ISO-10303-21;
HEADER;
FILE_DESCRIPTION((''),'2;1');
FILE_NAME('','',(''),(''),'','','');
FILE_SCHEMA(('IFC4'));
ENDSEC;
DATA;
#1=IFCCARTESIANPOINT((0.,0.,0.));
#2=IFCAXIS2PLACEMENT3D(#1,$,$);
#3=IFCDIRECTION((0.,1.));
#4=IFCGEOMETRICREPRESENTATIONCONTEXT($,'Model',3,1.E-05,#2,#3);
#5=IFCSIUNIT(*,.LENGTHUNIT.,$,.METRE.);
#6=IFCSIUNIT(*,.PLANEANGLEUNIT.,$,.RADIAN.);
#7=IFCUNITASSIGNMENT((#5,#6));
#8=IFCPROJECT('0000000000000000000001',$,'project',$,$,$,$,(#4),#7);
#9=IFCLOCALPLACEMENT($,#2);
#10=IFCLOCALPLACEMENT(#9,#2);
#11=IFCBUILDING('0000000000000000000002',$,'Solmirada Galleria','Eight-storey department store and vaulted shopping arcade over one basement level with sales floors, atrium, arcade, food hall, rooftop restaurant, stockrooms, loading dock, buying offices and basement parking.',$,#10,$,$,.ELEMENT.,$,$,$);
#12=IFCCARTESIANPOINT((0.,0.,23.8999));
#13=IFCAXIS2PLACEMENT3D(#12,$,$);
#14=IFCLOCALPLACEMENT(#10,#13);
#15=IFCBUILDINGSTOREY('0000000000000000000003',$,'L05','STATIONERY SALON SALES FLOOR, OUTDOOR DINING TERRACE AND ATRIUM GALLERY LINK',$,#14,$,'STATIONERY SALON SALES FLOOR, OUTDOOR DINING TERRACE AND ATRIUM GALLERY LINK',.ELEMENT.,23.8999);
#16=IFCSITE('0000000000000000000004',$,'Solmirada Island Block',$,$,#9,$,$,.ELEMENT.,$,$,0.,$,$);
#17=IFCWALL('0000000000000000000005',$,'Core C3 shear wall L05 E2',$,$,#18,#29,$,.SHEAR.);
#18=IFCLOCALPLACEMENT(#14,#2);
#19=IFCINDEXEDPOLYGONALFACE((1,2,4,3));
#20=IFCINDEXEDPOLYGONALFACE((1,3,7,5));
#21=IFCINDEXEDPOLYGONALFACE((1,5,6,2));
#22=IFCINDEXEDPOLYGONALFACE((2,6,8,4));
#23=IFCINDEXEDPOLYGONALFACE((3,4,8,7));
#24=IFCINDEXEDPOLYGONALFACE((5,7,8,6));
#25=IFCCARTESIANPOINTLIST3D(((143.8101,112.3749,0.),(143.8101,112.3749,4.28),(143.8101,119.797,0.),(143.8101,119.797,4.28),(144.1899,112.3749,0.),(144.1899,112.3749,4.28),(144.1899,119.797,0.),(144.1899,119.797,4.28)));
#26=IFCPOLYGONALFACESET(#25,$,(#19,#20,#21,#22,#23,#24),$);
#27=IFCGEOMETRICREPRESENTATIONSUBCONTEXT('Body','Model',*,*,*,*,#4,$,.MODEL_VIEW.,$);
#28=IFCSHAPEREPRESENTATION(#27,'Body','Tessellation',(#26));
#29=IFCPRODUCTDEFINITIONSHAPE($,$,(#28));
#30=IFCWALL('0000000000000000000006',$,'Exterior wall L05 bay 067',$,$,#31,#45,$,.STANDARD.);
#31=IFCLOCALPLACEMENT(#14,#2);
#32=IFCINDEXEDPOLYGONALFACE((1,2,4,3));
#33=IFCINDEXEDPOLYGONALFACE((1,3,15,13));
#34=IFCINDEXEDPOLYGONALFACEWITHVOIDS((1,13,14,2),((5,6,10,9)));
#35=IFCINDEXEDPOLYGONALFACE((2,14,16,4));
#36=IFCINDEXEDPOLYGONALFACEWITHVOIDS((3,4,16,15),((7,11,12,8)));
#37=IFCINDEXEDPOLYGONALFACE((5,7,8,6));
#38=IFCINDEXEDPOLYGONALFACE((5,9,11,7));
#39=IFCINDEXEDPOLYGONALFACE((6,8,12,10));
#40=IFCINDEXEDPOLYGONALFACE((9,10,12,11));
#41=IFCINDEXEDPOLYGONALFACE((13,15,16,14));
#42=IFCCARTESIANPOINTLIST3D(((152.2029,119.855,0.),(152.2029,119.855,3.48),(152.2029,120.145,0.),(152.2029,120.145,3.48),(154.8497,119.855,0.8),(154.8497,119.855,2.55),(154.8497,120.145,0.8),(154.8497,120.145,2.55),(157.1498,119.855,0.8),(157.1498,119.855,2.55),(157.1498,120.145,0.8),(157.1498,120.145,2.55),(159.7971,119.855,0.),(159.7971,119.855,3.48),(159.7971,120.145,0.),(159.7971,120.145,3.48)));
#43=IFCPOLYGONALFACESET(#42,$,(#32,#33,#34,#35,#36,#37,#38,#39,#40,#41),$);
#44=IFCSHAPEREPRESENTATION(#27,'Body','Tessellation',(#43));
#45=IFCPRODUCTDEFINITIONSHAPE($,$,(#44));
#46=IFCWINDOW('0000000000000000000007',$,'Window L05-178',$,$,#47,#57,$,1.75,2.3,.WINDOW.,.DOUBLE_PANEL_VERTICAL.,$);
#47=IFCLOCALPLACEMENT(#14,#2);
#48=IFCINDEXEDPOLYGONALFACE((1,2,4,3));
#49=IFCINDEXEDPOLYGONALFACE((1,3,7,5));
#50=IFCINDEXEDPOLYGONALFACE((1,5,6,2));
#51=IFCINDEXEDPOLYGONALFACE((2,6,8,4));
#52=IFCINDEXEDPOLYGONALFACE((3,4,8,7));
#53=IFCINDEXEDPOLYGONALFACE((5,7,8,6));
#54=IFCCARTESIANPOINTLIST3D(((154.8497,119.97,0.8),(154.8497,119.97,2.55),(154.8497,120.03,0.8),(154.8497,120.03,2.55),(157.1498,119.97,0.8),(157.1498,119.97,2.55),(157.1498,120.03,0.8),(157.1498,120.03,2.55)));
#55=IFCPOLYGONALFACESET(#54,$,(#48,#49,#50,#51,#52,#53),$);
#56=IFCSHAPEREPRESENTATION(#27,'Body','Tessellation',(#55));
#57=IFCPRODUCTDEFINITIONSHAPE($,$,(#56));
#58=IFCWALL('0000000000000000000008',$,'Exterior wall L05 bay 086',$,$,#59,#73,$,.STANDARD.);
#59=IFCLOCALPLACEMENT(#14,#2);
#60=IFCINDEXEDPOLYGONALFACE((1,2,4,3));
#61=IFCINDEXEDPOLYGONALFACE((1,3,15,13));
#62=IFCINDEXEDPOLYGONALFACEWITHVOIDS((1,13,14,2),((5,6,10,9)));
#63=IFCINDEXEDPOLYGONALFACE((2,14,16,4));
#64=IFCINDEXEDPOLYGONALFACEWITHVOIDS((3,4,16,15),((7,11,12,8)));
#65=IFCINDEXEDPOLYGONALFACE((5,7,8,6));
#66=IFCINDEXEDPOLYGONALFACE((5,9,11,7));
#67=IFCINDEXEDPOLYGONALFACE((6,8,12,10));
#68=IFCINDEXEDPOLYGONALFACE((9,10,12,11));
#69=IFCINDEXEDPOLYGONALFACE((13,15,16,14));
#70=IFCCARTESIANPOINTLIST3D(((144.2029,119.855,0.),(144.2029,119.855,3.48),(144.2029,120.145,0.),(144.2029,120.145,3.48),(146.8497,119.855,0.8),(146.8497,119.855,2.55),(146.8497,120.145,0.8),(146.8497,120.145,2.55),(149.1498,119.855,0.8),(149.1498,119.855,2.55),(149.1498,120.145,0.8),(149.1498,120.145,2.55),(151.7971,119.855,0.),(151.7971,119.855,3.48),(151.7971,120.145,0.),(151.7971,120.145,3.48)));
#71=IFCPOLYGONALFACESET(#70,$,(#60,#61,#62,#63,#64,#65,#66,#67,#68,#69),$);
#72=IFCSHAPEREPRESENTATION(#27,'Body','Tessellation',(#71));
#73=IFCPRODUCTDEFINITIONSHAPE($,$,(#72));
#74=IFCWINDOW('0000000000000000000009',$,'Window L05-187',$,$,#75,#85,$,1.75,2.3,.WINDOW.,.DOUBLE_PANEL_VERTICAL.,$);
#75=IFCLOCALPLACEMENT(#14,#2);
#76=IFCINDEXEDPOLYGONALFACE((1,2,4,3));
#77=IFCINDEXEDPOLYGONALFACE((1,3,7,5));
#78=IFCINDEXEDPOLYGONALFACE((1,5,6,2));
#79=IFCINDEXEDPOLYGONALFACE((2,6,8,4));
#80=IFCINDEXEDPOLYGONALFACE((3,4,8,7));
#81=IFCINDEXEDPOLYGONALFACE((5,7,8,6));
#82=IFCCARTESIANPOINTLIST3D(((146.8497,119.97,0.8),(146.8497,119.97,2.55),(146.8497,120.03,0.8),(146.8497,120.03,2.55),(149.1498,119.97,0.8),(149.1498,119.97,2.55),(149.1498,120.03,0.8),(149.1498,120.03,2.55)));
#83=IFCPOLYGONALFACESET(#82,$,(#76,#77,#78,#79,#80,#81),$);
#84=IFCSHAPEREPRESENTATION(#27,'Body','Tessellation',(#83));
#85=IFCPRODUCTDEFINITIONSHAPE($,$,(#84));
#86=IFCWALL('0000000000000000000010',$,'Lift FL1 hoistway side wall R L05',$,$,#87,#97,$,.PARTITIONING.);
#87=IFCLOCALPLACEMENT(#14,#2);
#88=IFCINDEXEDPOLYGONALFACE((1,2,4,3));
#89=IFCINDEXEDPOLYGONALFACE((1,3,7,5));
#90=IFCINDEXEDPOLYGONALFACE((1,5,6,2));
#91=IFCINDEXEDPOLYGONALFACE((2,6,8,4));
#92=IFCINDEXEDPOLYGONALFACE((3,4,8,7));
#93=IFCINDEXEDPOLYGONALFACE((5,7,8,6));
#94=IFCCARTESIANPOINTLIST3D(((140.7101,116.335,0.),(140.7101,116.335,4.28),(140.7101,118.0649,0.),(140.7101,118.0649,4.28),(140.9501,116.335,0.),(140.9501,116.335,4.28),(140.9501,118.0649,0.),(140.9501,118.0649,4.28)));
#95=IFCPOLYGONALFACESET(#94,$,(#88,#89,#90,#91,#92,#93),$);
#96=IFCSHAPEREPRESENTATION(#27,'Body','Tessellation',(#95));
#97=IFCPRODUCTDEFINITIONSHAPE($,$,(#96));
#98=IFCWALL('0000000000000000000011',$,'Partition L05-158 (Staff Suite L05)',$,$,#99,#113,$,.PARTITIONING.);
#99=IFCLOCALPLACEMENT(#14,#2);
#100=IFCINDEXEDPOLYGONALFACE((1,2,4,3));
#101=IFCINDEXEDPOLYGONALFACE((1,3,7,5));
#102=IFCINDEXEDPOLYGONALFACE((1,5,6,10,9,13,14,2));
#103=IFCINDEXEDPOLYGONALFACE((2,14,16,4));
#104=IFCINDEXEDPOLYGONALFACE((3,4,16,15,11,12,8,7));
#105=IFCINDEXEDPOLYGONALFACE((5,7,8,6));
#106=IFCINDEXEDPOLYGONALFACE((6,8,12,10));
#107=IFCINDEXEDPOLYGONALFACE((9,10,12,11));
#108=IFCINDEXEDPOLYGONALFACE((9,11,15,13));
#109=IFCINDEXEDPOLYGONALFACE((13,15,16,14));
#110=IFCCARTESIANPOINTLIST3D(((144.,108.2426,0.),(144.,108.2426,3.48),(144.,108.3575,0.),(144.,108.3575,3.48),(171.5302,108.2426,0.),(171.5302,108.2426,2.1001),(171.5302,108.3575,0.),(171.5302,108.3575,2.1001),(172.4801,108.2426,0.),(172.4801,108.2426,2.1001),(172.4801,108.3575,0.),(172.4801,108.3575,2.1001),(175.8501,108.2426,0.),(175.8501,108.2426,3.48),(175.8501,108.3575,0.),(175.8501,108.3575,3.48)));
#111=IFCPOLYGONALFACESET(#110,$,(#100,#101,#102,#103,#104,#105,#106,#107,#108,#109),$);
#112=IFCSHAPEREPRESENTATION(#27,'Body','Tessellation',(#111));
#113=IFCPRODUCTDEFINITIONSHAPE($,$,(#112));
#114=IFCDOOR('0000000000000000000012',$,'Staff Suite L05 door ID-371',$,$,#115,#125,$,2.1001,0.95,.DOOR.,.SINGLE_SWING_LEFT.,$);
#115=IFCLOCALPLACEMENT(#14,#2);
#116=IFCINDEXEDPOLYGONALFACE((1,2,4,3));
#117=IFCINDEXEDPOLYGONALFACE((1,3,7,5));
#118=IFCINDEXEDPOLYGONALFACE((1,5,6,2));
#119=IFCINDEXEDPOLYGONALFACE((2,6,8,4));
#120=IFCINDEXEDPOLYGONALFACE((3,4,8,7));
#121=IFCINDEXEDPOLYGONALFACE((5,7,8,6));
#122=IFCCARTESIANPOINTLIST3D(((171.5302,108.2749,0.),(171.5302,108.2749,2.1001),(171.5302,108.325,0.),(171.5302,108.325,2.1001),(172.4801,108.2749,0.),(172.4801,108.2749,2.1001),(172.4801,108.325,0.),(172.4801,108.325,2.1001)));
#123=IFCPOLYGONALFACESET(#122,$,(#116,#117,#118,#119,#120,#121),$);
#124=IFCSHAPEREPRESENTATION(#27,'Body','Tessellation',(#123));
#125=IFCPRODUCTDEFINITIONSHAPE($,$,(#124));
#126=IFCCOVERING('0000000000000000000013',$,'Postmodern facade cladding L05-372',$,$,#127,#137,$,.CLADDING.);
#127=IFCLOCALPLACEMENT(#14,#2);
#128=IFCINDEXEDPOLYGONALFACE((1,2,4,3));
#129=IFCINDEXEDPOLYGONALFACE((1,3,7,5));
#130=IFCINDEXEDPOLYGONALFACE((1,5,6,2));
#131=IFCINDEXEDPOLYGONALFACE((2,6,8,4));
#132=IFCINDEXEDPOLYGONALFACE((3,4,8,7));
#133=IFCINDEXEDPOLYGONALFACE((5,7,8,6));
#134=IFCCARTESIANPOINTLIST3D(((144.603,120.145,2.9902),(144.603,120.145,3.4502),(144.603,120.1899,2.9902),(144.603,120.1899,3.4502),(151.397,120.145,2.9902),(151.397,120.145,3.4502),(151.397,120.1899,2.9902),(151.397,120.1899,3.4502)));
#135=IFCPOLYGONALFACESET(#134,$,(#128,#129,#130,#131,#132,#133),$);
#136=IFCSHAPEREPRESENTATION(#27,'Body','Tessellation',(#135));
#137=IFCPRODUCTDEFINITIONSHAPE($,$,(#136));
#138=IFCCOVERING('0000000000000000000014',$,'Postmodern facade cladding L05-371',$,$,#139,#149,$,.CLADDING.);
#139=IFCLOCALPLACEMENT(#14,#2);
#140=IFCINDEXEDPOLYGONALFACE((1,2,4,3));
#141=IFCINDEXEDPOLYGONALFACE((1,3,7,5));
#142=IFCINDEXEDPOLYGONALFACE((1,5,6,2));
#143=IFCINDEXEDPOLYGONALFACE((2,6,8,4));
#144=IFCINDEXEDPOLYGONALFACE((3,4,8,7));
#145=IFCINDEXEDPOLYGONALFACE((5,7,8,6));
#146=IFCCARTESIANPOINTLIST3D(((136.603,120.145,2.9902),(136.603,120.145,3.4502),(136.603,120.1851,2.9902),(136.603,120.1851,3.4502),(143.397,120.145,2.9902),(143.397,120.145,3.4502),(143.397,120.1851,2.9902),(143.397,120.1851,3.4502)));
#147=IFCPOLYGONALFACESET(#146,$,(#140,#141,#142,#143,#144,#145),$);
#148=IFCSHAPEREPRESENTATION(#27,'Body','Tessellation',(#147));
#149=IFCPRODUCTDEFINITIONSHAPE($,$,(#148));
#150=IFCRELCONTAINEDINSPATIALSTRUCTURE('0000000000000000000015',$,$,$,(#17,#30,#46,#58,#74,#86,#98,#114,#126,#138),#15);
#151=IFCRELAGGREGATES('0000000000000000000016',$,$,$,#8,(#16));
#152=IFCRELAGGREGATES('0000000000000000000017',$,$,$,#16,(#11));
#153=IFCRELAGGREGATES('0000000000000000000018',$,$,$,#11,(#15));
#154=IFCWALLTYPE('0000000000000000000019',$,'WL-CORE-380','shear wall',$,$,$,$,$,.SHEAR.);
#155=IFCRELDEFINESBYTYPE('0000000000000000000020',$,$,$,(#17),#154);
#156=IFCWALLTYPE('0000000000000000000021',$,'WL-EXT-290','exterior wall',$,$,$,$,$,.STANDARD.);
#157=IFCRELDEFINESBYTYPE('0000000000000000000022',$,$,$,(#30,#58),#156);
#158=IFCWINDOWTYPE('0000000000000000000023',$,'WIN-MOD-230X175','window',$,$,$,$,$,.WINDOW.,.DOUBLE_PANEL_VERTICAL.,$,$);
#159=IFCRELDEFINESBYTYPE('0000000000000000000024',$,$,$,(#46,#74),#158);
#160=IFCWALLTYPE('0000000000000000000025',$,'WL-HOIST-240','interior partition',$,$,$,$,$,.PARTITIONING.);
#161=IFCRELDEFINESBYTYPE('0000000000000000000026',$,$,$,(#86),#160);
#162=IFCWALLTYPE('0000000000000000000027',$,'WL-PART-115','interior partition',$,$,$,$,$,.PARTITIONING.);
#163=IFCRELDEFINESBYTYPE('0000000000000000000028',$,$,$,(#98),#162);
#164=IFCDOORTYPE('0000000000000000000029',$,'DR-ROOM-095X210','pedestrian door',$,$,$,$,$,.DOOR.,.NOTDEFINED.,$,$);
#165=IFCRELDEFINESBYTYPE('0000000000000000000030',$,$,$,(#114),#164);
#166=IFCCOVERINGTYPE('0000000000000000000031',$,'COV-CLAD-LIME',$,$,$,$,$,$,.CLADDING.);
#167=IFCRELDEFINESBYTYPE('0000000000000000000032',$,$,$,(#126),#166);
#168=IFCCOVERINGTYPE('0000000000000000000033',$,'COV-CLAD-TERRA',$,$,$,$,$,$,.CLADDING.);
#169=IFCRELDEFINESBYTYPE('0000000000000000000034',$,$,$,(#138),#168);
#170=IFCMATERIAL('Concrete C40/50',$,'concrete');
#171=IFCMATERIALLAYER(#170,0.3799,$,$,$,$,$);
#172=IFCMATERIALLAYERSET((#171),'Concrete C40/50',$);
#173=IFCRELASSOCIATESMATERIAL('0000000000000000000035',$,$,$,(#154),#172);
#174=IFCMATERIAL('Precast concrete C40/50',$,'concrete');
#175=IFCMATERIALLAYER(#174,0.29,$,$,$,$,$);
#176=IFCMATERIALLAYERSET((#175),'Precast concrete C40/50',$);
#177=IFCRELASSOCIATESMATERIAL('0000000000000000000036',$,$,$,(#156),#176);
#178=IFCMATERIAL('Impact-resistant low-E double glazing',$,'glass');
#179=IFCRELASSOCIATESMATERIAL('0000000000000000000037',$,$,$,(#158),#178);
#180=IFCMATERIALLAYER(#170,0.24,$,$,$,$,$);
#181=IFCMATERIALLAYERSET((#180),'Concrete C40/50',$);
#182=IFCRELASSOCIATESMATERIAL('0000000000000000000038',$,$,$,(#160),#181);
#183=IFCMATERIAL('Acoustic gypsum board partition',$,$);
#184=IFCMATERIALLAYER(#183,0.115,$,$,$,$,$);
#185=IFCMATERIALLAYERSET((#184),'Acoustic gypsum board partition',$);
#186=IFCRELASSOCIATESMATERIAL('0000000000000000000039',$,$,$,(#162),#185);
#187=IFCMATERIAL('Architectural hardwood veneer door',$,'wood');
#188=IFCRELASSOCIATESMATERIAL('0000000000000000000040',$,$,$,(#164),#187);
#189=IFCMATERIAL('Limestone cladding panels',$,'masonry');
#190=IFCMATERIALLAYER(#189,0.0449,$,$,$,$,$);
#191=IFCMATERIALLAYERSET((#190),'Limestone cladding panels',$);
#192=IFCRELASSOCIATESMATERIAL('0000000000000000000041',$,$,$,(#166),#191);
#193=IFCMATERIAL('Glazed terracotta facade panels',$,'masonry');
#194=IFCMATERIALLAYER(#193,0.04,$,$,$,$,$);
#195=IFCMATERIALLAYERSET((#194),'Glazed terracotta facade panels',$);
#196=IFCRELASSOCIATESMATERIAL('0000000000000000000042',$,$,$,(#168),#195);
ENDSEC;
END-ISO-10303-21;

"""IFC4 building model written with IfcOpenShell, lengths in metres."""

from ifc_helpers import new_model, si_unit, direction, frame, frame_2d, origin, origin_2d, place, context, subcontext, project, spatial, rectangle, extrude, material, layer, layer_set, type_object, element, fill, save


model = new_model("IFC4")

# Units and contexts
model_context = context("Model", 3, precision=1e-05, world=origin(), true_north=direction((0.0, 1.0)))
body_context = subcontext(model_context, "Body", "Model", "MODEL_VIEW")
ifc_project = project(units=[si_unit("LENGTHUNIT", "METRE"), si_unit("PLANEANGLEUNIT", "RADIAN")], contexts=[model_context])

# Site, building, storey
site_placement = place(None, origin())
site = spatial("IfcSite", under=ifc_project, at=site_placement, Name="Solmirada Island Block", CompositionType="ELEMENT", RefElevation=0.0)
building_placement = place(site_placement, origin())
building = spatial("IfcBuilding", under=site, at=building_placement, Name="Solmirada Galleria", Description="Eight-storey department store and vaulted shopping arcade over one basement level with sales floors, atrium, arcade, food hall, rooftop restaurant, stockrooms, loading dock, buying offices and basement parking.", CompositionType="ELEMENT")
storey_placement = place(building_placement, frame((0.0, 0.0, 23.8999)))
storey = spatial("IfcBuildingStorey", under=building, at=storey_placement, Name="L05", Description="STATIONERY SALON SALES FLOOR, OUTDOOR DINING TERRACE AND ATRIUM GALLERY LINK", LongName="STATIONERY SALON SALES FLOOR, OUTDOOR DINING TERRACE AND ATRIUM GALLERY LINK", CompositionType="ELEMENT", Elevation=23.8999)

# Shared definitions
ifc_material_1 = material(Name="Concrete C40/50", Category="concrete")

# Shared definitions
ifc_layer_1 = layer(ifc_material_1, 0.3799)
ifc_layer_set_1 = layer_set([ifc_layer_1], Name="Concrete C40/50")
wall_type_1 = type_object("IfcWallType", Name="WL-CORE-380", Description="shear wall", PredefinedType="SHEAR", material=ifc_layer_set_1)

# Wall
wall_1_placement = place(storey_placement, frame((144.0, 112.375, 0.0), z_axis=(0.0, 0.0, 1.0), x_axis=(0.0, 1.0, 0.0)))
element("IfcWall", 1, at=wall_1_placement, inside=storey, type_object=wall_type_1, Name="Core C3 shear wall L05 E2", PredefinedType="SHEAR", context=body_context, shape_type="SweptSolid", body=[
    extrude(rectangle(XDim=7.4221, YDim=0.3799, at=frame_2d((3.7109, 0.0))), origin(), (0.0, 0.0, 1.0), 4.28),
])

# Walls, openings, windows
ifc_material_2 = material(Name="Precast concrete C40/50", Category="concrete")
ifc_layer_2 = layer(ifc_material_2, 0.29)
ifc_layer_set_2 = layer_set([ifc_layer_2], Name="Precast concrete C40/50")
wall_type_2 = type_object("IfcWallType", Name="WL-EXT-290", Description="exterior wall", PredefinedType="STANDARD", material=ifc_layer_set_2)
wall_2_placement = place(storey_placement, frame((152.2029, 120.0, 0.0), z_axis=(0.0, 0.0, 1.0), x_axis=(1.0, 0.0, 0.0)))
wall_2 = element("IfcWall", 2, at=wall_2_placement, inside=storey, type_object=wall_type_2, Name="Exterior wall L05 bay 067", PredefinedType="STANDARD", context=body_context, shape_type="SweptSolid", body=[
    extrude(rectangle(XDim=7.5942, YDim=0.29, at=frame_2d((3.7971, 0.0))), origin(), (0.0, 0.0, 1.0), 3.48),
])
opening_1_placement = place(wall_2_placement, frame((2.647, 0.0, 0.8)))
opening_1 = element("IfcOpeningElement", 3, at=opening_1_placement, cuts=wall_2, PredefinedType="OPENING", context=body_context, shape_type="SweptSolid", body=[
    extrude(rectangle(XDim=2.3, YDim=1.75, at=frame_2d((1.1499, 0.875))), frame((0.0, 0.155, 0.0), z_axis=(0.0, -1.0, 0.0), x_axis=(1.0, 0.0, 0.0)), (0.0, 0.0, 1.0), 0.3101),
])
ifc_material_3 = material(Name="Impact-resistant low-E double glazing", Category="glass")
window_type = type_object("IfcWindowType", Name="WIN-MOD-230X175", Description="window", PartitioningType="DOUBLE_PANEL_VERTICAL", PredefinedType="WINDOW", material=ifc_material_3)
window_1_placement = place(opening_1_placement, origin())
window_1 = element("IfcWindow", 4, at=window_1_placement, inside=storey, type_object=window_type, Name="Window L05-178", OverallHeight=1.75, OverallWidth=2.3, PartitioningType="DOUBLE_PANEL_VERTICAL", PredefinedType="WINDOW", context=body_context, shape_type="SweptSolid", body=[
    extrude(rectangle(XDim=2.3, YDim=1.75, at=frame_2d((1.1499, 0.875))), frame((0.0, 0.03, 0.0), z_axis=(0.0, -1.0, 0.0), x_axis=(1.0, 0.0, 0.0)), (0.0, 0.0, 1.0), 0.0601),
])
fill(opening_1, window_1)
wall_3_placement = place(storey_placement, frame((144.2029, 120.0, 0.0), z_axis=(0.0, 0.0, 1.0), x_axis=(1.0, 0.0, 0.0)))
wall_3 = element("IfcWall", 5, at=wall_3_placement, inside=storey, type_object=wall_type_2, Name="Exterior wall L05 bay 086", PredefinedType="STANDARD", context=body_context, shape_type="SweptSolid", body=[
    extrude(rectangle(XDim=7.5942, YDim=0.29, at=frame_2d((3.7971, 0.0))), origin(), (0.0, 0.0, 1.0), 3.48),
])
opening_2_placement = place(wall_3_placement, frame((2.647, 0.0, 0.8)))
opening_2 = element("IfcOpeningElement", 6, at=opening_2_placement, cuts=wall_3, PredefinedType="OPENING", context=body_context, shape_type="SweptSolid", body=[
    extrude(rectangle(XDim=2.3, YDim=1.75, at=frame_2d((1.1499, 0.875))), frame((0.0, 0.155, 0.0), z_axis=(0.0, -1.0, 0.0), x_axis=(1.0, 0.0, 0.0)), (0.0, 0.0, 1.0), 0.3101),
])
window_2_placement = place(opening_2_placement, origin())
window_2 = element("IfcWindow", 7, at=window_2_placement, inside=storey, type_object=window_type, Name="Window L05-187", OverallHeight=1.75, OverallWidth=2.3, PartitioningType="DOUBLE_PANEL_VERTICAL", PredefinedType="WINDOW", context=body_context, shape_type="SweptSolid", body=[
    extrude(rectangle(XDim=2.3, YDim=1.75, at=frame_2d((1.1499, 0.875))), frame((0.0, 0.03, 0.0), z_axis=(0.0, -1.0, 0.0), x_axis=(1.0, 0.0, 0.0)), (0.0, 0.0, 1.0), 0.0601),
])
fill(opening_2, window_2)

# Wall
ifc_layer_3 = layer(ifc_material_1, 0.24)
ifc_layer_set_3 = layer_set([ifc_layer_3], Name="Concrete C40/50")
wall_type_3 = type_object("IfcWallType", Name="WL-HOIST-240", Description="interior partition", PredefinedType="PARTITIONING", material=ifc_layer_set_3)
wall_4_placement = place(storey_placement, frame((140.8301, 116.335, 0.0), z_axis=(0.0, 0.0, 1.0), x_axis=(0.0, 1.0, 0.0)))
element("IfcWall", 8, at=wall_4_placement, inside=storey, type_object=wall_type_3, Name="Lift FL1 hoistway side wall R L05", PredefinedType="PARTITIONING", context=body_context, shape_type="SweptSolid", body=[
    extrude(rectangle(XDim=1.73, YDim=0.24, at=frame_2d((0.865, 0.0))), origin(), (0.0, 0.0, 1.0), 4.28),
])

# Wall, opening, door
ifc_material_4 = material(Name="Acoustic gypsum board partition")
ifc_layer_4 = layer(ifc_material_4, 0.115)
ifc_layer_set_4 = layer_set([ifc_layer_4], Name="Acoustic gypsum board partition")
wall_type_4 = type_object("IfcWallType", Name="WL-PART-115", Description="interior partition", PredefinedType="PARTITIONING", material=ifc_layer_set_4)
wall_5_placement = place(storey_placement, frame((144.0, 108.3, 0.0), z_axis=(0.0, 0.0, 1.0), x_axis=(1.0, 0.0, 0.0)))
wall_5 = element("IfcWall", 9, at=wall_5_placement, inside=storey, type_object=wall_type_4, Name="Partition L05-158 (Staff Suite L05)", PredefinedType="PARTITIONING", context=body_context, shape_type="SweptSolid", body=[
    extrude(rectangle(XDim=31.8501, YDim=0.115, at=frame_2d((15.925, 0.0))), origin(), (0.0, 0.0, 1.0), 3.48),
])
opening_3_placement = place(wall_5_placement, frame((27.53, 0.0, 0.0)))
opening_3 = element("IfcOpeningElement", 10, at=opening_3_placement, cuts=wall_5, PredefinedType="OPENING", context=body_context, shape_type="SweptSolid", body=[
    extrude(rectangle(XDim=0.95, YDim=2.1001, at=frame_2d((0.4751, 1.05))), frame((0.0, 0.0674, 0.0), z_axis=(0.0, -1.0, 0.0), x_axis=(1.0, 0.0, 0.0)), (0.0, 0.0, 1.0), 0.135),
])
ifc_material_5 = material(Name="Architectural hardwood veneer door", Category="wood")
door_type_1 = type_object("IfcDoorType", Name="DR-ROOM-095X210", Description="pedestrian door", OperationType="NOTDEFINED", PredefinedType="DOOR", material=ifc_material_5)
door_1_placement = place(opening_3_placement, origin())
door_1 = element("IfcDoor", 11, at=door_1_placement, inside=storey, type_object=door_type_1, Name="Staff Suite L05 door ID-371", OperationType="SINGLE_SWING_LEFT", OverallHeight=2.1001, OverallWidth=0.95, PredefinedType="DOOR", context=body_context, shape_type="SweptSolid", body=[
    extrude(rectangle(XDim=0.95, YDim=2.1001, at=frame_2d((0.4751, 1.05))), frame((0.0, 0.0249, 0.0), z_axis=(0.0, -1.0, 0.0), x_axis=(1.0, 0.0, 0.0)), (0.0, 0.0, 1.0), 0.05),
])
fill(opening_3, door_1)

# Coverings
ifc_material_6 = material(Name="Limestone cladding panels", Category="masonry")
ifc_layer_5 = layer(ifc_material_6, 0.0449)
ifc_layer_set_5 = layer_set([ifc_layer_5], Name="Limestone cladding panels")
covering_type_1 = type_object("IfcCoveringType", Name="COV-CLAD-LIME", PredefinedType="CLADDING", material=ifc_layer_set_5)
covering_1_placement = place(storey_placement, frame((148.0, 120.1675, 2.9902), z_axis=(0.0, 0.0, 1.0), x_axis=(1.0, 0.0, 0.0)))
element("IfcCovering", 12, at=covering_1_placement, inside=storey, type_object=covering_type_1, Name="Postmodern facade cladding L05-372", PredefinedType="CLADDING", context=body_context, shape_type="SweptSolid", body=[
    extrude(rectangle(XDim=6.7939, YDim=0.0449, at=origin_2d()), origin(), (0.0, 0.0, 1.0), 0.46),
])
ifc_material_7 = material(Name="Glazed terracotta facade panels", Category="masonry")
ifc_layer_6 = layer(ifc_material_7, 0.04)
ifc_layer_set_6 = layer_set([ifc_layer_6], Name="Glazed terracotta facade panels")
covering_type_2 = type_object("IfcCoveringType", Name="COV-CLAD-TERRA", PredefinedType="CLADDING", material=ifc_layer_set_6)
covering_2_placement = place(storey_placement, frame((140.0, 120.165, 2.9902), z_axis=(0.0, 0.0, 1.0), x_axis=(1.0, 0.0, 0.0)))
element("IfcCovering", 13, at=covering_2_placement, inside=storey, type_object=covering_type_2, Name="Postmodern facade cladding L05-371", PredefinedType="CLADDING", context=body_context, shape_type="SweptSolid", body=[
    extrude(rectangle(XDim=6.7939, YDim=0.04, at=origin_2d()), origin(), (0.0, 0.0, 1.0), 0.46),
])

save(model, "model.ifc")
